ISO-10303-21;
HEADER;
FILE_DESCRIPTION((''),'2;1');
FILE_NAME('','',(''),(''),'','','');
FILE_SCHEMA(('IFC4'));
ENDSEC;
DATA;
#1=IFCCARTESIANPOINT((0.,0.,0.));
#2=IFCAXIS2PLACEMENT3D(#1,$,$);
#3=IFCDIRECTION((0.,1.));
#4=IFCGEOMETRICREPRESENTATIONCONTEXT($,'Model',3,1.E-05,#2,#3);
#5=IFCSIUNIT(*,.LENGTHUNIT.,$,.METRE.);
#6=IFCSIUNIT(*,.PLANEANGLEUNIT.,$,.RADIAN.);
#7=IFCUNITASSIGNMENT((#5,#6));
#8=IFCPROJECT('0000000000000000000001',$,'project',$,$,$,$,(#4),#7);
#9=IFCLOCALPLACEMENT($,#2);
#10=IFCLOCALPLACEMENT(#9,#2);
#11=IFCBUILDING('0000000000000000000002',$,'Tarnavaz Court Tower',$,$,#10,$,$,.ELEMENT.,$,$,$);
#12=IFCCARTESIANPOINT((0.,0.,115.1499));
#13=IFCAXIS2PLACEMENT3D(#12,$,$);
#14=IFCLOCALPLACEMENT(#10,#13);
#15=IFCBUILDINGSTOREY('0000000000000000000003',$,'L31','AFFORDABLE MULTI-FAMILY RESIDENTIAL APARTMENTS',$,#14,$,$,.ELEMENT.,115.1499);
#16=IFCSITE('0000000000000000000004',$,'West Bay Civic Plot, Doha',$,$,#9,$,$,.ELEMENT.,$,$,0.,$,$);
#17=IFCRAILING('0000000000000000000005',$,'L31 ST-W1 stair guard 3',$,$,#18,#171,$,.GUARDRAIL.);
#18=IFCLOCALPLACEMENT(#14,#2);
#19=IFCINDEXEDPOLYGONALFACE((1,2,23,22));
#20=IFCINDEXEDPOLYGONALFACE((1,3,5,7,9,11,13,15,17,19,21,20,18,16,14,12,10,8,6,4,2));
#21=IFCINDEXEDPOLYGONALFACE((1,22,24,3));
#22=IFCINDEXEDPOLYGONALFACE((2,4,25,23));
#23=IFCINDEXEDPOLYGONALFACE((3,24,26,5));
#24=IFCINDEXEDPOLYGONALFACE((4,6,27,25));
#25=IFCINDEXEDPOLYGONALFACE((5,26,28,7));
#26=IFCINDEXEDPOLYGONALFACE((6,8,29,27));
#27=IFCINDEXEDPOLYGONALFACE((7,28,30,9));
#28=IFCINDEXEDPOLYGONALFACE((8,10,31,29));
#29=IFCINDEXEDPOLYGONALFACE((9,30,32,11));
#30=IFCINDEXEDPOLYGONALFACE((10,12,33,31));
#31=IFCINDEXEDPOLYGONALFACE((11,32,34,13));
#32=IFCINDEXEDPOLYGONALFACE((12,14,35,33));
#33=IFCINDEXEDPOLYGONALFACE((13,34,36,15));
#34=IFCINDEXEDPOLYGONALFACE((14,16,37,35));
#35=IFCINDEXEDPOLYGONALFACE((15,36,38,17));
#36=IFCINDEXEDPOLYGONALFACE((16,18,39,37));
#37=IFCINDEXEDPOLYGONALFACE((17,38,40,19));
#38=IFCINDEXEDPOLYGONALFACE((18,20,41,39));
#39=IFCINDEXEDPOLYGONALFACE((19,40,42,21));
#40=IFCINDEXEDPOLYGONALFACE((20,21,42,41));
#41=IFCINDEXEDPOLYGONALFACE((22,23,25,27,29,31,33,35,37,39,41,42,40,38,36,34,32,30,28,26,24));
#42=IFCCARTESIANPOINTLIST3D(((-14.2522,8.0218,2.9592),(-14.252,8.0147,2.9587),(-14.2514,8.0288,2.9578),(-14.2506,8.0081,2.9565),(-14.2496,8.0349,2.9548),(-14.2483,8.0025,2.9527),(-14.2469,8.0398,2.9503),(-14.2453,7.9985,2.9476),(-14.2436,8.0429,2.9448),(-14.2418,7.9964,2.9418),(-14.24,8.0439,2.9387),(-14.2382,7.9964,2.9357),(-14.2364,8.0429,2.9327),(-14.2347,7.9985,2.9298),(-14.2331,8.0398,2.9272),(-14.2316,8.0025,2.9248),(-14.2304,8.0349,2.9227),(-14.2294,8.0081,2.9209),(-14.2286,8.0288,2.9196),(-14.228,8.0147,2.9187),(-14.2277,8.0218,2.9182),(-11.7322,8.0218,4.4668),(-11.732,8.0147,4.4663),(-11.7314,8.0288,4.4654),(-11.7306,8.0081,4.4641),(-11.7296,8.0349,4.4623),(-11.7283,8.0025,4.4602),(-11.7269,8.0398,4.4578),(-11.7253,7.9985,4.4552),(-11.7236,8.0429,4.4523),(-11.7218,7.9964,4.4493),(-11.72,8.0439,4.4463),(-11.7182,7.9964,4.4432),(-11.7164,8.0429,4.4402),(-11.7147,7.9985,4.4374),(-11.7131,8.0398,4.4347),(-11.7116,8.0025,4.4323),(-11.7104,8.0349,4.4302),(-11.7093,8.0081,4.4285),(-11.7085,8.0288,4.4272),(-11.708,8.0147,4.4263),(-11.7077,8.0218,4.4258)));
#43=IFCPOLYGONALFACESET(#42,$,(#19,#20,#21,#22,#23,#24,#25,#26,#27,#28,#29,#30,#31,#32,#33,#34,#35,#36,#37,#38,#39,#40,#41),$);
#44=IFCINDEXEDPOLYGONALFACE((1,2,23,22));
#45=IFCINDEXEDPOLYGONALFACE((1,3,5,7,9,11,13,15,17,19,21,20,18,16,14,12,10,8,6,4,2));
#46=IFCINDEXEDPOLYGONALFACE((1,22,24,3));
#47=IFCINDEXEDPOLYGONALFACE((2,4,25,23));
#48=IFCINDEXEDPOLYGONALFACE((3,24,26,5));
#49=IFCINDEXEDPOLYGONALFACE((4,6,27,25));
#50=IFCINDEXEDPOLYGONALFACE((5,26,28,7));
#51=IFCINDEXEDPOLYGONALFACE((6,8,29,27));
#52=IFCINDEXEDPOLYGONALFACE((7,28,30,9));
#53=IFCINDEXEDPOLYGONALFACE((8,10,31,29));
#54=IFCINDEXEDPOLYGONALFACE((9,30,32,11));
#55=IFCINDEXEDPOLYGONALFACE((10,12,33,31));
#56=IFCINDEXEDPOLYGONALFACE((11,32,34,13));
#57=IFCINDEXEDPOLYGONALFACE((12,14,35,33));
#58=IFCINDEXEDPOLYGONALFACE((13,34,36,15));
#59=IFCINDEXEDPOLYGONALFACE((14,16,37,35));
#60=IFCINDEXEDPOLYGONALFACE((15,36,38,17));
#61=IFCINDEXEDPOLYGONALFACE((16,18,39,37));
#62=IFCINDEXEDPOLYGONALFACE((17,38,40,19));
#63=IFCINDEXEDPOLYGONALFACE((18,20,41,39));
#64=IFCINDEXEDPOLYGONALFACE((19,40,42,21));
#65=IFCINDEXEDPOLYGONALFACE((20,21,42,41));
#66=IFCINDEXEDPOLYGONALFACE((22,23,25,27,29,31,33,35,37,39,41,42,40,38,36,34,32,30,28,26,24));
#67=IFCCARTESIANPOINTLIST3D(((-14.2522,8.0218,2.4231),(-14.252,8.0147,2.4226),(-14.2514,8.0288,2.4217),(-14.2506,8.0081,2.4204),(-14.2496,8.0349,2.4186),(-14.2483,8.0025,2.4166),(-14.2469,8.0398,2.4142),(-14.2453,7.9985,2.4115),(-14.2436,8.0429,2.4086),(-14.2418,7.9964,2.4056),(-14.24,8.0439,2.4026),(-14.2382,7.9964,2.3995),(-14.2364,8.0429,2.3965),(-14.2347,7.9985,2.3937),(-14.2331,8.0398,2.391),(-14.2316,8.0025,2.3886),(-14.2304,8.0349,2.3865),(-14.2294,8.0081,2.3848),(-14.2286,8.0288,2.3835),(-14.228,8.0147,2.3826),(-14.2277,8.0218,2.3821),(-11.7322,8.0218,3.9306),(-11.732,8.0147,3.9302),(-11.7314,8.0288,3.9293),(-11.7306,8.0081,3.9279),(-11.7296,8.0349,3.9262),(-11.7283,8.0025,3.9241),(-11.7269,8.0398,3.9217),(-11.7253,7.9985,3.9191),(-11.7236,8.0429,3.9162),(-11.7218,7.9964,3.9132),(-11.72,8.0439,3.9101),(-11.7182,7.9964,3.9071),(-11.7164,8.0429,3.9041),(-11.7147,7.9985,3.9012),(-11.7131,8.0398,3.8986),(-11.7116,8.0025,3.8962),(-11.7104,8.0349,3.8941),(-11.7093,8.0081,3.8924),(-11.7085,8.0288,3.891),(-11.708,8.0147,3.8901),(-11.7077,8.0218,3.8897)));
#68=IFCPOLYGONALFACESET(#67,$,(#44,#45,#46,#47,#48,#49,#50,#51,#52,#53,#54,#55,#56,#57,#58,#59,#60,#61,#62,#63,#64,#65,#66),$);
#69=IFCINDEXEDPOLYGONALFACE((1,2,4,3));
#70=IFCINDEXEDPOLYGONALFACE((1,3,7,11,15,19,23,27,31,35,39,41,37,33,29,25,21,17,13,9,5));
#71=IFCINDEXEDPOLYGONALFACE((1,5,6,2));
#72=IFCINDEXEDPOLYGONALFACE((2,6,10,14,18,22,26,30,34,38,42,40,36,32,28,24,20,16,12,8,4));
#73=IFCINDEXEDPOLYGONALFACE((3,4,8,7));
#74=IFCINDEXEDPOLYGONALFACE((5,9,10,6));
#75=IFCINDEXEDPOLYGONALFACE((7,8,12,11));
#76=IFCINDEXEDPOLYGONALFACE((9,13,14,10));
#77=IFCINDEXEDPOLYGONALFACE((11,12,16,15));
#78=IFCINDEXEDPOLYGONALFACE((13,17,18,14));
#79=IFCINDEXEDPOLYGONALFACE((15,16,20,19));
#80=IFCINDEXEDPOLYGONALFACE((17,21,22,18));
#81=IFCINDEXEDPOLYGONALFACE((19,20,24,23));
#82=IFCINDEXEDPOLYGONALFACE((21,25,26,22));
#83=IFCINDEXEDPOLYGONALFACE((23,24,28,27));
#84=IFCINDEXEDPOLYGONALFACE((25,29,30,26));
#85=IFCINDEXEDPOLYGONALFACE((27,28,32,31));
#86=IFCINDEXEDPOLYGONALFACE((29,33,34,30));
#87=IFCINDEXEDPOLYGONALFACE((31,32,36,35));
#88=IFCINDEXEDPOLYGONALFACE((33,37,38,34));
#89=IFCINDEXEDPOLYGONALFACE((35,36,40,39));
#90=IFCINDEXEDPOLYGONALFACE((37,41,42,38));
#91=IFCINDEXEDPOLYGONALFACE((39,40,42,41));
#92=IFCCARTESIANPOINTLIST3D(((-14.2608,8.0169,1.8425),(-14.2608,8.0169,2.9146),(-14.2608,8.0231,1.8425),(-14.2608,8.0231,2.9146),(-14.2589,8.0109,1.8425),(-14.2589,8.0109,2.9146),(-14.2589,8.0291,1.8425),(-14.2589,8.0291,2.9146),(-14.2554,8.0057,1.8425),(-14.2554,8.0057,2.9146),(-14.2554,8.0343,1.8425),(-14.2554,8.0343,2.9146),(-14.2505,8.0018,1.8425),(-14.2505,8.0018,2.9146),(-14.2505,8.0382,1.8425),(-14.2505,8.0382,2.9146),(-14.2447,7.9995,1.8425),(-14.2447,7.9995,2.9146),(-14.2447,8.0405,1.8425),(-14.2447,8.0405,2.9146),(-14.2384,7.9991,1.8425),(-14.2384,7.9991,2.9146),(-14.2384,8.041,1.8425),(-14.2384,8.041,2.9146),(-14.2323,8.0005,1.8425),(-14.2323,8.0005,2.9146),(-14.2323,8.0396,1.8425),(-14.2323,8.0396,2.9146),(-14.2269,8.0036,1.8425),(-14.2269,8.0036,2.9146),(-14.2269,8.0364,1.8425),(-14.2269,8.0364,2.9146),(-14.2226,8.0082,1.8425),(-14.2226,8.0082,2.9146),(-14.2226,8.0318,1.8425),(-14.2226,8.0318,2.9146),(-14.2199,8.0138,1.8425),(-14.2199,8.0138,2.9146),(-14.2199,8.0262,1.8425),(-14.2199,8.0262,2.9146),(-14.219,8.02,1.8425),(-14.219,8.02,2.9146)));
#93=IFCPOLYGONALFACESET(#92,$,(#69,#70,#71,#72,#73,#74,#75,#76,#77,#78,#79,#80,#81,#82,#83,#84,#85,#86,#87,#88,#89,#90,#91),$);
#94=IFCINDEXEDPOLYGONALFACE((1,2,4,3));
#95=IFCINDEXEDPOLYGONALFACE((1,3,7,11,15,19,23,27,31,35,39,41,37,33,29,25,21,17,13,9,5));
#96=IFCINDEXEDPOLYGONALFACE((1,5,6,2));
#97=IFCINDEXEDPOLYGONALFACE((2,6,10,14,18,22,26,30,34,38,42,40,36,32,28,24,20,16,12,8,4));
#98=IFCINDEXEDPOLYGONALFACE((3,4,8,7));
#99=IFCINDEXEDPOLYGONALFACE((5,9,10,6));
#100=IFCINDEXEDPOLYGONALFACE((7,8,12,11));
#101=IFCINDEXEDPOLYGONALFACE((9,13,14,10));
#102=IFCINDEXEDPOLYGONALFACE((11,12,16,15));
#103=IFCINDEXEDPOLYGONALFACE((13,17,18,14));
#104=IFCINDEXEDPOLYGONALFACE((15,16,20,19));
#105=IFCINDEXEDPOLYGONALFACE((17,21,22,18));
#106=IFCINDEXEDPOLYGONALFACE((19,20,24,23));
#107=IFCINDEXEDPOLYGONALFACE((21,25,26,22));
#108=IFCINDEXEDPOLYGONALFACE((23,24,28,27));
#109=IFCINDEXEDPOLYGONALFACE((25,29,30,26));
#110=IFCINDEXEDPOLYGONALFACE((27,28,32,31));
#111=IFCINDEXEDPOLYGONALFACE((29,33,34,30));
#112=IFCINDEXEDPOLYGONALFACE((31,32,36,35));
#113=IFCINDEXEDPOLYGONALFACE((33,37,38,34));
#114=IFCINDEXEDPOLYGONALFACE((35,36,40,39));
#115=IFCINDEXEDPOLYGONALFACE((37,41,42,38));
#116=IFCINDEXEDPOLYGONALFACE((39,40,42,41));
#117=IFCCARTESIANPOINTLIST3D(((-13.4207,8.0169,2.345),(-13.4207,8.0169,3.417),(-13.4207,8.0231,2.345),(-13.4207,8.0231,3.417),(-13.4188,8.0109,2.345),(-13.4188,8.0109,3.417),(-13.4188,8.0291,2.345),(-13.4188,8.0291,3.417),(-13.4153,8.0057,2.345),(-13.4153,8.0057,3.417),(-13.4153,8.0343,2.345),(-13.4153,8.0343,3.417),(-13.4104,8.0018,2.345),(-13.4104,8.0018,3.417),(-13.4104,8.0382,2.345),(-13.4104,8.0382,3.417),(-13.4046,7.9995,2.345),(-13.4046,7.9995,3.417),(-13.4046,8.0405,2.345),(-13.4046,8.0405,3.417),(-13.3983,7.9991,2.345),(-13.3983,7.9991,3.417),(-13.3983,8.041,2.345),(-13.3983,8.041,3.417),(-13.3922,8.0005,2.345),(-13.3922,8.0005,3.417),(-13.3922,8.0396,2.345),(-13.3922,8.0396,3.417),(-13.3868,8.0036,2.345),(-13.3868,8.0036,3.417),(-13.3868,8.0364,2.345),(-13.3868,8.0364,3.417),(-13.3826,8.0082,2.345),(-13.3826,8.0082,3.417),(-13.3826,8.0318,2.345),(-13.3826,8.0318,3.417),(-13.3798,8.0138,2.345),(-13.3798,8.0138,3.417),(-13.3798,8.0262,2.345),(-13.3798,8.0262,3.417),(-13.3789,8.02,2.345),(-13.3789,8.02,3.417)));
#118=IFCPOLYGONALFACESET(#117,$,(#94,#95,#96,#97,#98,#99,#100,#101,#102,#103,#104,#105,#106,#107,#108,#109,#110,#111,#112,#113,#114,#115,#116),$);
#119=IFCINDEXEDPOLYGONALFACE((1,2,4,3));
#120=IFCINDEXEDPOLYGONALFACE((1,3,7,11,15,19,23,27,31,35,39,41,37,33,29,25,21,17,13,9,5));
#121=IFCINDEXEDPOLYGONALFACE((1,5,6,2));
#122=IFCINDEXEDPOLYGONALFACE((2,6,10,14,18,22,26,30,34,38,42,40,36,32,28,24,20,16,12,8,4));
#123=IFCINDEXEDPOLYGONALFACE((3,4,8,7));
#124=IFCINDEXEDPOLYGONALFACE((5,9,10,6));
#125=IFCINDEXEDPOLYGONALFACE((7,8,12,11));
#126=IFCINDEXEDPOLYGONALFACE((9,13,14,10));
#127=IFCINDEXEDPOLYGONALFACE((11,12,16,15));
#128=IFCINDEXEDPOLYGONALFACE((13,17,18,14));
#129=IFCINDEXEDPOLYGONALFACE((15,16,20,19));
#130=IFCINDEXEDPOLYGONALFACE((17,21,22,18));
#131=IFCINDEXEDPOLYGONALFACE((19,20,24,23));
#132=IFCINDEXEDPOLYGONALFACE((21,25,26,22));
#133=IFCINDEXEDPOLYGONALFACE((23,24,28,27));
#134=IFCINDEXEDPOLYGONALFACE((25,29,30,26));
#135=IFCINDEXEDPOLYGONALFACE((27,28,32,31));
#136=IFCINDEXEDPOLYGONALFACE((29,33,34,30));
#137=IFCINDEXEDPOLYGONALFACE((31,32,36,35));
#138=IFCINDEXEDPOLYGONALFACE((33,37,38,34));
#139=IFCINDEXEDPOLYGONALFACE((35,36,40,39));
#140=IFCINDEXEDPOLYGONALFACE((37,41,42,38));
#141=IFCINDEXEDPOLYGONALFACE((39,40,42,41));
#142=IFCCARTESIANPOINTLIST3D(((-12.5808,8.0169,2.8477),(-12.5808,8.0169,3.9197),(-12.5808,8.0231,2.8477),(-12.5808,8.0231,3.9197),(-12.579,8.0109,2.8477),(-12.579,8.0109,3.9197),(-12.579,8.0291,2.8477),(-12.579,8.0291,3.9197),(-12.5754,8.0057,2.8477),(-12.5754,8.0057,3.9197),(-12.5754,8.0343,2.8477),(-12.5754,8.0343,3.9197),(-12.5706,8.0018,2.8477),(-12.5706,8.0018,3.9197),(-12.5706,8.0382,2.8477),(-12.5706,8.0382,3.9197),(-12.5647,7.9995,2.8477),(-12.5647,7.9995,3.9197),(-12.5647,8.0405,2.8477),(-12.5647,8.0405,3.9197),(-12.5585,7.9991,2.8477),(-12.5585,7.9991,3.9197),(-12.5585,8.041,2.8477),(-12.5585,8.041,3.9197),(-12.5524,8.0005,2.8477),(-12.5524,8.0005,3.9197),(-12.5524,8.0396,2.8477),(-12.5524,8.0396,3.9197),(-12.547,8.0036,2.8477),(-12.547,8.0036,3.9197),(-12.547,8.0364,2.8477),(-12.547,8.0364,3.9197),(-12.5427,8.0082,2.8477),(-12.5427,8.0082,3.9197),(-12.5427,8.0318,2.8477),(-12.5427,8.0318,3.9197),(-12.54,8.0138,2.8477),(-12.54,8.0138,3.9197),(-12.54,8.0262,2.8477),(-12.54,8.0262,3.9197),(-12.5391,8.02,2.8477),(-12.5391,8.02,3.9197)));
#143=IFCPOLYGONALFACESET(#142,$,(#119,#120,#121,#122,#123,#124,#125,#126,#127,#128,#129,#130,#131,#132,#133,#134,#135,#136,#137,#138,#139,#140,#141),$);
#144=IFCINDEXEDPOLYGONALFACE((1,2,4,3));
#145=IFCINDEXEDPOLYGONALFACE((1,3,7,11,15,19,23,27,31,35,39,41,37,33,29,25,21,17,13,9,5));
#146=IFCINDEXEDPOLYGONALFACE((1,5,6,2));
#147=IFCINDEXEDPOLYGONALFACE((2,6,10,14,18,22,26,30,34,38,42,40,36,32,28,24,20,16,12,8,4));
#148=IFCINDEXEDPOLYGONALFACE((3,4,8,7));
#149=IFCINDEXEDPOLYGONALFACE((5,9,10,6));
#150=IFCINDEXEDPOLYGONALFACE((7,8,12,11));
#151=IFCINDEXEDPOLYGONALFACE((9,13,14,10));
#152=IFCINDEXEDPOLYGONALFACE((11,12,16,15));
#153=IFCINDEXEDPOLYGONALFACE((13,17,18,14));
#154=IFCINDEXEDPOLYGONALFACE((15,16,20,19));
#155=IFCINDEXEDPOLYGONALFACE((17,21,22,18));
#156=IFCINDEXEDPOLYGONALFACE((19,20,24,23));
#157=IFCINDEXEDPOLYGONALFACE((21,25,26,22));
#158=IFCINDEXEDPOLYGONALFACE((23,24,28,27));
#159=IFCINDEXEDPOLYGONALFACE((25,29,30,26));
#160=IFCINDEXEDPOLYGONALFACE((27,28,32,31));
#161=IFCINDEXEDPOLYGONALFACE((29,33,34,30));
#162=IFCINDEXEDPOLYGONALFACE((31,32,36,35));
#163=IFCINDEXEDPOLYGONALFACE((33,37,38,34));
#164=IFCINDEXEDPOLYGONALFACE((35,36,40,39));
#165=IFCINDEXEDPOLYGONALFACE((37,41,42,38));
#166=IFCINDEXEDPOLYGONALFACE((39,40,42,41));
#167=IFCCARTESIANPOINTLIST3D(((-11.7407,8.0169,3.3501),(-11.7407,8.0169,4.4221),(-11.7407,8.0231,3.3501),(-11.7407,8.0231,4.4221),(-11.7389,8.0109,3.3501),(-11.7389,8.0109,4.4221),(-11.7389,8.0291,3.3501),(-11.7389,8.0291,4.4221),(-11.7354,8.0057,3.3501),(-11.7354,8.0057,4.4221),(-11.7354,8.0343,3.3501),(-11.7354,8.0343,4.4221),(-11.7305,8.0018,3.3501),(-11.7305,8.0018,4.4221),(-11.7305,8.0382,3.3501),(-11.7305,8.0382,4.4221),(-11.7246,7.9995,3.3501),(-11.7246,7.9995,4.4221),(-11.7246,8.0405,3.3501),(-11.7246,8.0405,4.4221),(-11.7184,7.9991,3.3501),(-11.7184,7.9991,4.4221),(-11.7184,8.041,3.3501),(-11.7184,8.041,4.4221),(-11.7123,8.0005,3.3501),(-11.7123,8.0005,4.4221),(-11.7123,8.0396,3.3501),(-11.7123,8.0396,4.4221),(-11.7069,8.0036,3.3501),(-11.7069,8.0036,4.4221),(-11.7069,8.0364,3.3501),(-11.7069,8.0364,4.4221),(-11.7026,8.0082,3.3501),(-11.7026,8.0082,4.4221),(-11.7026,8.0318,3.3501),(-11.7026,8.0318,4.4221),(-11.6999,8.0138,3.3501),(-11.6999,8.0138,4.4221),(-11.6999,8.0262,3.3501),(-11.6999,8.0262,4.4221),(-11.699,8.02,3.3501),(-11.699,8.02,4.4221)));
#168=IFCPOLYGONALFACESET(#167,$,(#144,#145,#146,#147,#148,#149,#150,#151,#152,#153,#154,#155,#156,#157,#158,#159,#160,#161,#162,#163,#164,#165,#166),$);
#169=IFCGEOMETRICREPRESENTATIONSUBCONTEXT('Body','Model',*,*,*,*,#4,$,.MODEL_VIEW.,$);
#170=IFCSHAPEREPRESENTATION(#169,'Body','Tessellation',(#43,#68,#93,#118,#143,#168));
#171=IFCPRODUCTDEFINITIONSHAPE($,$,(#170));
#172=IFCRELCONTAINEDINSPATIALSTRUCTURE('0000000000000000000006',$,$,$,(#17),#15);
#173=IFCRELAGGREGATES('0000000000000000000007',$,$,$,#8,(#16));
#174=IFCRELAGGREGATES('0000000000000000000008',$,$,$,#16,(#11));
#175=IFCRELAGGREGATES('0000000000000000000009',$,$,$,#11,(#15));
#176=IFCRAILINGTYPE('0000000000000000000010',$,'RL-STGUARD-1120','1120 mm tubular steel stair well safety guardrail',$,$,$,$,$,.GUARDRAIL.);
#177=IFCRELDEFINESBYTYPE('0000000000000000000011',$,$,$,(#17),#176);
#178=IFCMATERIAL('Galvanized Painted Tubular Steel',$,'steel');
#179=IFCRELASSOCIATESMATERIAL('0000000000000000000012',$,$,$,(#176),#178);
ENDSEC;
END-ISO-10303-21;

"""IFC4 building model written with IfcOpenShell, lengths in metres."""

from ifc_helpers import new_model, si_unit, direction, frame, origin, origin_2d, place, context, subcontext, project, spatial, circle, extrude, material, type_object, element, save


model = new_model("IFC4")

# Units and contexts
model_context = context("Model", 3, precision=1e-05, world=origin(), true_north=direction((0.0, 1.0)))
body_context = subcontext(model_context, "Body", "Model", "MODEL_VIEW")
ifc_project = project(units=[si_unit("LENGTHUNIT", "METRE"), si_unit("PLANEANGLEUNIT", "RADIAN")], contexts=[model_context])

# Site, building, storey
site_placement = place(None, origin())
site = spatial("IfcSite", under=ifc_project, at=site_placement, Name="West Bay Civic Plot, Doha", CompositionType="ELEMENT", RefElevation=0.0)
building_placement = place(site_placement, origin())
building = spatial("IfcBuilding", under=site, at=building_placement, Name="Tarnavaz Court Tower", CompositionType="ELEMENT")
storey_placement = place(building_placement, frame((0.0, 0.0, 115.1499)))
storey = spatial("IfcBuildingStorey", under=building, at=storey_placement, Name="L31", Description="AFFORDABLE MULTI-FAMILY RESIDENTIAL APARTMENTS", CompositionType="ELEMENT", Elevation=115.1499)

# Railing
ifc_material_1 = material(Name="Galvanized Painted Tubular Steel", Category="steel")
railing_type_1 = type_object("IfcRailingType", Name="RL-STGUARD-1120", Description="1120 mm tubular steel stair well safety guardrail", PredefinedType="GUARDRAIL", material=ifc_material_1)
railing_1_placement = place(storey_placement, frame((-14.24, 8.02, 1.8425)))
element("IfcRailing", 1, at=railing_1_placement, inside=storey, type_object=railing_type_1, Name="L31 ST-W1 stair guard 3", PredefinedType="GUARDRAIL", context=body_context, shape_type="SweptSolid", body=[
    extrude(circle(Radius=0.0239, at=origin_2d()), frame((0.0, 0.0, 1.0962), z_axis=(0.85816, 0.0, 0.513383), x_axis=(0.0, 1.0, 0.0)), (0.0, 0.0, 1.0), 2.9365),
    extrude(circle(Radius=0.0239, at=origin_2d()), frame((0.0, 0.0, 0.5601), z_axis=(0.85816, 0.0, 0.513383), x_axis=(0.0, 1.0, 0.0)), (0.0, 0.0, 1.0), 2.9365),
    extrude(circle(Radius=0.021, at=origin_2d()), origin(), (0.0, 0.0, 1.0), 1.072),
    extrude(circle(Radius=0.021, at=origin_2d()), frame((0.8401, 0.0, 0.5024)), (0.0, 0.0, 1.0), 1.072),
    extrude(circle(Radius=0.021, at=origin_2d()), frame((1.6799, 0.0, 1.0051)), (0.0, 0.0, 1.0), 1.072),
    extrude(circle(Radius=0.021, at=origin_2d()), frame((2.52, 0.0, 1.5076)), (0.0, 0.0, 1.0), 1.072),
])

save(model, "model.ifc")
